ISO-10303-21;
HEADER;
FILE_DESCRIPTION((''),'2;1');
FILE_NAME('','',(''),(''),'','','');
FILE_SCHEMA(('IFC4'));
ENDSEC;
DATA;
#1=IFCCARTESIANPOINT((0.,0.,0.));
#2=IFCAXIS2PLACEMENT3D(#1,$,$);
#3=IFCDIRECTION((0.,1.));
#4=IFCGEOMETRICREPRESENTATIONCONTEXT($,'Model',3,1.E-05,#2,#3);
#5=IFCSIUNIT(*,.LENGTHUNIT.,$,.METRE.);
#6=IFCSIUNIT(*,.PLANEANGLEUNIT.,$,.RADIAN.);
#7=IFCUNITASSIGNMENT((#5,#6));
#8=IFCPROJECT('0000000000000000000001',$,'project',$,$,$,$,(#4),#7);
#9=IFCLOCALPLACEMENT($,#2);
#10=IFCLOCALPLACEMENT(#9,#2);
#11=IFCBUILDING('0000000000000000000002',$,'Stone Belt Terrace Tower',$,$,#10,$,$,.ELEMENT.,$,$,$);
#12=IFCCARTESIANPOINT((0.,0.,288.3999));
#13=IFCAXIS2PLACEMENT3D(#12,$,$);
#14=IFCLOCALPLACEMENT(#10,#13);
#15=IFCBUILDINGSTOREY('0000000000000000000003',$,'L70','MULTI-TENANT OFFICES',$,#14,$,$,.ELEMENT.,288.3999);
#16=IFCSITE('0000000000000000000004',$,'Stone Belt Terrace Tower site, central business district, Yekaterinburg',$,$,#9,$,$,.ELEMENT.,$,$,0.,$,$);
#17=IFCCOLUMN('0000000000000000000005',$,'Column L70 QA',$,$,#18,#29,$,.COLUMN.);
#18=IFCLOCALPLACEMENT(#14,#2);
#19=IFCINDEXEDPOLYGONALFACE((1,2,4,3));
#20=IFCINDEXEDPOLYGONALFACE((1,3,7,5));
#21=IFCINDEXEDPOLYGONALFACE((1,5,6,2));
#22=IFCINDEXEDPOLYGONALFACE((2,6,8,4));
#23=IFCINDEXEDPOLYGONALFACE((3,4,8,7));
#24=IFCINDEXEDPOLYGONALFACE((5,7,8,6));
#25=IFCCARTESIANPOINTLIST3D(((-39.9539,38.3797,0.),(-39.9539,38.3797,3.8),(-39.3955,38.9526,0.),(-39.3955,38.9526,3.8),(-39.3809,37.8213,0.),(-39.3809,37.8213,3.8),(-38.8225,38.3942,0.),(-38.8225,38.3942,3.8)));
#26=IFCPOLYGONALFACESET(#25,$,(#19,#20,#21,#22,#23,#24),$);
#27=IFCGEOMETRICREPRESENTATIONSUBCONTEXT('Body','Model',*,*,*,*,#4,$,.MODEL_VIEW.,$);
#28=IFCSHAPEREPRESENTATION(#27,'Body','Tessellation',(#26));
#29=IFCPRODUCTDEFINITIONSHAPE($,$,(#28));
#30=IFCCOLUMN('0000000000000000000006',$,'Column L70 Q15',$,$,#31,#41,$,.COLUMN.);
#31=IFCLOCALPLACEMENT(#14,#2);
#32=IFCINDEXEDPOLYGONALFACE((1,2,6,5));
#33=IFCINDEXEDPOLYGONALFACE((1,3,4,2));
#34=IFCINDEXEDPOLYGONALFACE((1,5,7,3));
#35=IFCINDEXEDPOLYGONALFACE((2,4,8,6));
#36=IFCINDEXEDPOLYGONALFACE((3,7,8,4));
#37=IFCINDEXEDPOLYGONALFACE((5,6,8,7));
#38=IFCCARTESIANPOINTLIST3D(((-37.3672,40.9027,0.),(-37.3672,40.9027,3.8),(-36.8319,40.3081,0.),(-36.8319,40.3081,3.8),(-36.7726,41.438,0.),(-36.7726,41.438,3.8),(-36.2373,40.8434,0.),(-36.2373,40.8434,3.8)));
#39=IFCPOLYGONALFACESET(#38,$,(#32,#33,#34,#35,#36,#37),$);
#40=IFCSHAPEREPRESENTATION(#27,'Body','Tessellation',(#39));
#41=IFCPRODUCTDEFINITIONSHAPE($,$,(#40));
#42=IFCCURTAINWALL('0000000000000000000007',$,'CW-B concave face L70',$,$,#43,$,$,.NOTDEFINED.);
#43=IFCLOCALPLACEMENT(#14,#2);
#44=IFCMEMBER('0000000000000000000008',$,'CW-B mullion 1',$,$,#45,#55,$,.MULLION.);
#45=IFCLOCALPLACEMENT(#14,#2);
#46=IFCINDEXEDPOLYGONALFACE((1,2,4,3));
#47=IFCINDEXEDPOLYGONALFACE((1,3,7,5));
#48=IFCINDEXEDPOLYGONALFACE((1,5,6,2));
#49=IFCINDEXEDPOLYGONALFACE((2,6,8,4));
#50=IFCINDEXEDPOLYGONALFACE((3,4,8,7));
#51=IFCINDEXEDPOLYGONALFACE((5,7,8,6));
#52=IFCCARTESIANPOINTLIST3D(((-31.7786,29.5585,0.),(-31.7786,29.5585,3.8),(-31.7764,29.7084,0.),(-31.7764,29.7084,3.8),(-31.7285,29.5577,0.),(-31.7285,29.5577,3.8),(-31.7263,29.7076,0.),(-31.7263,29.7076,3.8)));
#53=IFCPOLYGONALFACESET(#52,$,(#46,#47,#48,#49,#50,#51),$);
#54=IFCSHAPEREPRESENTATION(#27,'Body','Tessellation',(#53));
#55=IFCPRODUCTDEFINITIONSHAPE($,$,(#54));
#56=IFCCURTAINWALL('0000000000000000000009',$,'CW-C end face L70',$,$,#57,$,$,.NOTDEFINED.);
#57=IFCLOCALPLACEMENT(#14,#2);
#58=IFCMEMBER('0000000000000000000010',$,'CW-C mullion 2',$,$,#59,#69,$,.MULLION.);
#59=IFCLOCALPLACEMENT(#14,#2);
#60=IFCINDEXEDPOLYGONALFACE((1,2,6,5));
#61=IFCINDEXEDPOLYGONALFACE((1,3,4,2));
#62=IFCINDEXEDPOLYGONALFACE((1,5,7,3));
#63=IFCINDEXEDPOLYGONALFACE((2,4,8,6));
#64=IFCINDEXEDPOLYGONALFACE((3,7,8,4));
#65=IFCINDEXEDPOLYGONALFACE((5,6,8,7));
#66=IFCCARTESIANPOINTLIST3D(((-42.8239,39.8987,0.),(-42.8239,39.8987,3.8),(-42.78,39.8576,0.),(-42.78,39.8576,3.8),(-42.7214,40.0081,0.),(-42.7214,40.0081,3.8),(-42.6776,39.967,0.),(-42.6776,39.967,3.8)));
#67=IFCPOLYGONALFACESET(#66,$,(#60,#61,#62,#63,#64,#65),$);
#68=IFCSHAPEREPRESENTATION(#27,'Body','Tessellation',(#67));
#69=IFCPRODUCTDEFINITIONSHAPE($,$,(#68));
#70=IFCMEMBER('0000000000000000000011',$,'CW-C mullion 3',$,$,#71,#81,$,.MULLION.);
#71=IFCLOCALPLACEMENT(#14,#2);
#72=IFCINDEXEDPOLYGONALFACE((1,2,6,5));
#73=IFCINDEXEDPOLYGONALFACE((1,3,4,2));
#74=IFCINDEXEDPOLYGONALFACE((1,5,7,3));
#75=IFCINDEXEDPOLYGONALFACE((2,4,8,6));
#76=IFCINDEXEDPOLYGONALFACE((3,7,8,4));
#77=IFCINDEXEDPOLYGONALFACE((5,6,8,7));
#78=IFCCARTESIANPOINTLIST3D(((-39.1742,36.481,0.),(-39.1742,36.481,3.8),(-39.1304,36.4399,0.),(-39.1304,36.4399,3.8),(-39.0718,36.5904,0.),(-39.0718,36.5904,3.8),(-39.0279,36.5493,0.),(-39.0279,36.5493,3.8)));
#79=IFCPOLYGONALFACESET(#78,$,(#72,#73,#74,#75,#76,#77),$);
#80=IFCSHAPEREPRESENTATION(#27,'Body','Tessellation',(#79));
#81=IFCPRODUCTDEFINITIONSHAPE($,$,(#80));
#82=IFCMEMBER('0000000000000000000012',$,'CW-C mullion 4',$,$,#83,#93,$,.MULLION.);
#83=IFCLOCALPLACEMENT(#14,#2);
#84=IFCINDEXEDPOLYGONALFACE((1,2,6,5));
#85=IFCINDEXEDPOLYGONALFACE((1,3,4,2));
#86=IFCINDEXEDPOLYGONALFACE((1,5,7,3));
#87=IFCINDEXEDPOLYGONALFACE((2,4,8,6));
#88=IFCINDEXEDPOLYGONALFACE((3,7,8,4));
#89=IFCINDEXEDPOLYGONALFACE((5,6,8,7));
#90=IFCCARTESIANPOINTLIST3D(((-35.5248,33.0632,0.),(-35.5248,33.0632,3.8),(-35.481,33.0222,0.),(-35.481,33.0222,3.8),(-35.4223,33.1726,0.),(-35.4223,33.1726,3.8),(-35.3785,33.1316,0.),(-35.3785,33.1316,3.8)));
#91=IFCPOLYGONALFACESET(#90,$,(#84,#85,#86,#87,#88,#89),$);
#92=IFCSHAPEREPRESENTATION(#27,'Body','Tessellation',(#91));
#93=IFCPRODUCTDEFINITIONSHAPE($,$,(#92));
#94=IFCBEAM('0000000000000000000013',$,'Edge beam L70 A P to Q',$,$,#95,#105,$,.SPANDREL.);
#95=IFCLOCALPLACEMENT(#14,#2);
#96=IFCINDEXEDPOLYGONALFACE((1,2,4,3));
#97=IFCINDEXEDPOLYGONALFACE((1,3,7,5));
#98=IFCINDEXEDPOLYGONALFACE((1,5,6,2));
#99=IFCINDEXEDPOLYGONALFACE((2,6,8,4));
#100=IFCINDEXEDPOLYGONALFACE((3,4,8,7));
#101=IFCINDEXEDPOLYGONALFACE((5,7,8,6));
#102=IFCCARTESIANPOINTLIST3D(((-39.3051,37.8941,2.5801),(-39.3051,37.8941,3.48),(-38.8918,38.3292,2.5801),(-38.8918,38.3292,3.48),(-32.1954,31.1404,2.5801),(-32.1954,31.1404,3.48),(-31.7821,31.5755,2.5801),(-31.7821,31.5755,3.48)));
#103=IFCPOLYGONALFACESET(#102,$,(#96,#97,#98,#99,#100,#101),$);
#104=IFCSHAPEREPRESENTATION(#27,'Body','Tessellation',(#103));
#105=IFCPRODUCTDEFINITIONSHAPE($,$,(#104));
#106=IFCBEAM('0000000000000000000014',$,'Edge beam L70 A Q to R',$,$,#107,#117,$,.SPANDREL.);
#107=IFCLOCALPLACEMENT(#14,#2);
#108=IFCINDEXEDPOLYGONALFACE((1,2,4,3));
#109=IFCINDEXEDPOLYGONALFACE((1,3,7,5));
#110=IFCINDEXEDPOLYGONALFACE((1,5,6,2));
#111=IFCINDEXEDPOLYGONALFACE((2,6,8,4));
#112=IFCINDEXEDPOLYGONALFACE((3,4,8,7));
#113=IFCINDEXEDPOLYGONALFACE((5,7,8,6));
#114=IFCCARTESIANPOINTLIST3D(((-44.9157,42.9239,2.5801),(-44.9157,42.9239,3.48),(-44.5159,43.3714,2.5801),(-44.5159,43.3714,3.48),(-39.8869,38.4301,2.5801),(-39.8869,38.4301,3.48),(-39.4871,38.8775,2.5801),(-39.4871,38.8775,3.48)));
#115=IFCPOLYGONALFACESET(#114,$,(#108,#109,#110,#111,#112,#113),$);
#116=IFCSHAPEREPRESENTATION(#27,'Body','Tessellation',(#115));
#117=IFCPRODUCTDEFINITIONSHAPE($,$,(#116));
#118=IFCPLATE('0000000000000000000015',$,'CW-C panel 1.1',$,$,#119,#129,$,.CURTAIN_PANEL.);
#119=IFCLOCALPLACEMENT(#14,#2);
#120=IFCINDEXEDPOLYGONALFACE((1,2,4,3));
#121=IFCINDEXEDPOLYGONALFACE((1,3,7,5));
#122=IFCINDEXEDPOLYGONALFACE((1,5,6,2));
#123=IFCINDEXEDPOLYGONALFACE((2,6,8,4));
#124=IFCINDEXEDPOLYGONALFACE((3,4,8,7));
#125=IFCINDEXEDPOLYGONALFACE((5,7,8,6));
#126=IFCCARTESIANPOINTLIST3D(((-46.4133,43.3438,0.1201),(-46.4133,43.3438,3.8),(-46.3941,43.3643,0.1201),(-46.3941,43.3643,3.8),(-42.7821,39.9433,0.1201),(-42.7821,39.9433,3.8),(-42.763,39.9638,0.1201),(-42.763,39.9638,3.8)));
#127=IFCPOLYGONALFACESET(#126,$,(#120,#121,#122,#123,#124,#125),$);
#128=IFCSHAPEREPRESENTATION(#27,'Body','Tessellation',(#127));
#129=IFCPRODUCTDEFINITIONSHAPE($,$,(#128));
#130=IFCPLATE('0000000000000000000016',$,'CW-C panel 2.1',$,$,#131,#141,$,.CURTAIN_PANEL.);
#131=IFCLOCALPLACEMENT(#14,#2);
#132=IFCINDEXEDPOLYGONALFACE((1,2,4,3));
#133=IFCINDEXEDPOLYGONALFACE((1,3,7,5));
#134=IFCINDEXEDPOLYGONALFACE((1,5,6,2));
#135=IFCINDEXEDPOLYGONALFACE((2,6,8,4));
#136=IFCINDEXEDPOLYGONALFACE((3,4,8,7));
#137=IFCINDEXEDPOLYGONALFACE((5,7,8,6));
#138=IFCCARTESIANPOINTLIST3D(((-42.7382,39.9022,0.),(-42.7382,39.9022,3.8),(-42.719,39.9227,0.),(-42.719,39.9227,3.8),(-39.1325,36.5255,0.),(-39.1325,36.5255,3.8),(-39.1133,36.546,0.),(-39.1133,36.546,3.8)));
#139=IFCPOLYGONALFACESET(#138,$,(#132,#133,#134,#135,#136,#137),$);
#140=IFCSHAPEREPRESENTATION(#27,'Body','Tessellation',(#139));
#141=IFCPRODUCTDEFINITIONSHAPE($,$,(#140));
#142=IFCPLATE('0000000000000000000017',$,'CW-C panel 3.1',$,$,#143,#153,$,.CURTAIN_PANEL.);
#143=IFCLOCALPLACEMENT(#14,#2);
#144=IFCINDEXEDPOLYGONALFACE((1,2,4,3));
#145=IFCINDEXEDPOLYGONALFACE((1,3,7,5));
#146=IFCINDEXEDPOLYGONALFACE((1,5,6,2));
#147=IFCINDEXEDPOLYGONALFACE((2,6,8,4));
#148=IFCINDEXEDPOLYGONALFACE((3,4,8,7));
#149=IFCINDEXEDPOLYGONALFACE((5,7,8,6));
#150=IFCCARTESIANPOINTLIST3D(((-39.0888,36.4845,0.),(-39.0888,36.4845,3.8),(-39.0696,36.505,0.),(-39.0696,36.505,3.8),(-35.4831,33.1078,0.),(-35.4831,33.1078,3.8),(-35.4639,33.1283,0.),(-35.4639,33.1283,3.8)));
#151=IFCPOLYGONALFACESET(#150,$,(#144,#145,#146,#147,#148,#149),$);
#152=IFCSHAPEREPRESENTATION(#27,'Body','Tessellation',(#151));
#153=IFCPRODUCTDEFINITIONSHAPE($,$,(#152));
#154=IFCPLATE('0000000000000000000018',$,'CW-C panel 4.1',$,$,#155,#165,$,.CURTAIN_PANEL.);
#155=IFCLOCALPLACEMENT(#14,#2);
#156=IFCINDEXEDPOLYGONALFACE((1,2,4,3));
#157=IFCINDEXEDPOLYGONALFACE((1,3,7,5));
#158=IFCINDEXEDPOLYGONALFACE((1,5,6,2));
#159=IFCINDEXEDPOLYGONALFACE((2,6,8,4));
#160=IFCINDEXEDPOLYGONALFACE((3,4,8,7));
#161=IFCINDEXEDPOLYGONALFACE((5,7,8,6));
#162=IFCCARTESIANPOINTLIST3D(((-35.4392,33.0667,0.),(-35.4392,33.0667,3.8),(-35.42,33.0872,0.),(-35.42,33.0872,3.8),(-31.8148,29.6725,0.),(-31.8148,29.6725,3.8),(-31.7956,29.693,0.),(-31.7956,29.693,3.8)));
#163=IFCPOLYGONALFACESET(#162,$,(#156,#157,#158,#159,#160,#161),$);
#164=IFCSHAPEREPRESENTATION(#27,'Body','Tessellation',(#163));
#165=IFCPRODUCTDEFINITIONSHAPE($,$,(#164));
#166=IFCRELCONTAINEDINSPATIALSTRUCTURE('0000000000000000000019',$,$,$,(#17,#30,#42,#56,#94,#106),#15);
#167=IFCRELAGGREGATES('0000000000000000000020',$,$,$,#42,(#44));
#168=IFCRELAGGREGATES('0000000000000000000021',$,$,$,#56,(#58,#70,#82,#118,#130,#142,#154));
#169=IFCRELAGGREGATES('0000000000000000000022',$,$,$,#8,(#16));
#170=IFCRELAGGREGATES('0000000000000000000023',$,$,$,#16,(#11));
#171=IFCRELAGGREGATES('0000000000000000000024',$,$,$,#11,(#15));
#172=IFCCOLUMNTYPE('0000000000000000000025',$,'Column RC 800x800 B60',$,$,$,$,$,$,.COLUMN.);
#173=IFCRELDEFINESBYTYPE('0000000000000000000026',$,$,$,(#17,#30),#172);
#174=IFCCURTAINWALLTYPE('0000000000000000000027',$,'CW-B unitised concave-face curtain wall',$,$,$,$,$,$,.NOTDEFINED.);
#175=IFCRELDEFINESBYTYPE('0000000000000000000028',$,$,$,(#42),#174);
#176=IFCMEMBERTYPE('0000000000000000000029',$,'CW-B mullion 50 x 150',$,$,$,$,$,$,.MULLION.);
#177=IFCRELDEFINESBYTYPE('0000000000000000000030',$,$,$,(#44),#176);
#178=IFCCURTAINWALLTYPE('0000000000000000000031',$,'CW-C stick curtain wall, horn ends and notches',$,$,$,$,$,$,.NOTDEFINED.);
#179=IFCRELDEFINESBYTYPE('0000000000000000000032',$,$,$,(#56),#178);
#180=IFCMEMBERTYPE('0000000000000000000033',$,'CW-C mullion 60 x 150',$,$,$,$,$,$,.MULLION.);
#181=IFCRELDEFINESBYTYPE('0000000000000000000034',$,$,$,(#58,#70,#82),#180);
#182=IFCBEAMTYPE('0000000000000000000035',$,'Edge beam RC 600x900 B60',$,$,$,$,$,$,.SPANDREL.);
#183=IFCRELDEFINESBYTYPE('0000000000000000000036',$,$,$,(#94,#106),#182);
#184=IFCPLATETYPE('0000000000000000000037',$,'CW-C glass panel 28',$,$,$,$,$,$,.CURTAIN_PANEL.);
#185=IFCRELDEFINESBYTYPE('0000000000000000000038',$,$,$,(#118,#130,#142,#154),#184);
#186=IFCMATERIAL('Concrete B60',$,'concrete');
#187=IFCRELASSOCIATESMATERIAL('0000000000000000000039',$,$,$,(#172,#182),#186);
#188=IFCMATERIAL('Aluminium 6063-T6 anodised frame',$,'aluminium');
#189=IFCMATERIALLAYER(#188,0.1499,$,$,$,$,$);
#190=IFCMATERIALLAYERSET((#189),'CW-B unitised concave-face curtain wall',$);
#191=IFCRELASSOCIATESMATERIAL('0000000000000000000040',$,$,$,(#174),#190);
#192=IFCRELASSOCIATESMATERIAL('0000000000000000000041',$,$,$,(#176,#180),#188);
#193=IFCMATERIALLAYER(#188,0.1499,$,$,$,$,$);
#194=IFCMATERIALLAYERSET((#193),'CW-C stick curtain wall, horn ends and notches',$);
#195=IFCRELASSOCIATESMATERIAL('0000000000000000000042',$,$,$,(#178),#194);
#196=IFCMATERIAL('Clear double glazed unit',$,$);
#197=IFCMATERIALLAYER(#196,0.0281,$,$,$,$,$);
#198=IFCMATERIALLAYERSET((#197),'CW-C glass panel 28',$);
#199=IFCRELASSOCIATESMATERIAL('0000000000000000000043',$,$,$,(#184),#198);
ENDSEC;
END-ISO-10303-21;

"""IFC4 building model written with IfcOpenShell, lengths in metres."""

from ifc_helpers import new_model, si_unit, direction, frame, origin, origin_2d, place, context, subcontext, project, spatial, rectangle, extrude, material, layer, layer_set, material_profile, profile_set, type_object, element, aggregate, save


model = new_model("IFC4")

# Units and contexts
model_context = context("Model", 3, precision=1e-05, world=origin(), true_north=direction((0.0, 1.0)))
body_context = subcontext(model_context, "Body", "Model", "MODEL_VIEW")
ifc_project = project(units=[si_unit("LENGTHUNIT", "METRE"), si_unit("PLANEANGLEUNIT", "RADIAN")], contexts=[model_context])

# Site, building, storey
site_placement = place(None, origin())
site = spatial("IfcSite", under=ifc_project, at=site_placement, Name="Stone Belt Terrace Tower site, central business district, Yekaterinburg", CompositionType="ELEMENT", RefElevation=0.0)
building_placement = place(site_placement, origin())
building = spatial("IfcBuilding", under=site, at=building_placement, Name="Stone Belt Terrace Tower", CompositionType="ELEMENT")
storey_placement = place(building_placement, frame((0.0, 0.0, 288.3999)))
storey = spatial("IfcBuildingStorey", under=building, at=storey_placement, Name="L70", Description="MULTI-TENANT OFFICES", CompositionType="ELEMENT", Elevation=288.3999)

# Columns
ifc_material_1 = material(Name="Concrete B60", Category="concrete")
ifc_material_profile_1 = material_profile(ifc_material_1, rectangle(XDim=0.8, YDim=0.8, at=origin_2d()), Name="RC 800x800")
ifc_profile_set_1 = profile_set([ifc_material_profile_1], Name="Concrete B60")
column_type = type_object("IfcColumnType", Name="Column RC 800x800 B60", PredefinedType="COLUMN", material=ifc_profile_set_1)
for number, where, z_axis, x_axis, name in (
    (1, (-39.3882, 38.387, 0.0), (0.0, 0.0, 1.0), (0.697944, 0.716152, 0.0), "Column L70 QA"),
    (2, (-36.8022, 40.873, 0.0), (0.0, 0.0, 1.0), (0.743145, 0.669131, 0.0), "Column L70 Q15"),
):
    element("IfcColumn", number, at=place(storey_placement, frame(where, z_axis=z_axis, x_axis=x_axis)), inside=storey, type_object=column_type, Name=name, PredefinedType="COLUMN", context=body_context, shape_type="SweptSolid", body=[
        extrude(rectangle(XDim=0.8, YDim=0.8, at=origin_2d()), origin(), (0.0, 0.0, 1.0), 3.8),
    ])

# Curtain wall, member
ifc_material_2 = material(Name="Aluminium 6063-T6 anodised frame", Category="aluminium")
ifc_layer_1 = layer(ifc_material_2, 0.1499)
ifc_layer_set_1 = layer_set([ifc_layer_1], Name="CW-B unitised concave-face curtain wall")
curtain_wall_type_1 = type_object("IfcCurtainWallType", Name="CW-B unitised concave-face curtain wall", PredefinedType="NOTDEFINED", material=ifc_layer_set_1)
curtain_wall_1_placement = place(storey_placement, origin())
curtain_wall_1 = element("IfcCurtainWall", 3, at=curtain_wall_1_placement, inside=storey, type_object=curtain_wall_type_1, Name="CW-B concave face L70", PredefinedType="NOTDEFINED")
ifc_material_profile_2 = material_profile(ifc_material_2, rectangle(XDim=0.1499, YDim=0.05, at=origin_2d()), Name="Aluminium 6063-T6 50x150")
ifc_profile_set_2 = profile_set([ifc_material_profile_2], Name="Aluminium 6063-T6 anodised frame")
member_type_1 = type_object("IfcMemberType", Name="CW-B mullion 50 x 150", PredefinedType="MULLION", material=ifc_profile_set_2)
member_1_placement = place(storey_placement, frame((-31.7524, 29.6331, 0.0), z_axis=(0.0, 0.0, 1.0), x_axis=(0.014682, 0.999892, 0.0)))
member_1 = element("IfcMember", 4, at=member_1_placement, type_object=member_type_1, Name="CW-B mullion 1", PredefinedType="MULLION", context=body_context, shape_type="SweptSolid", body=[
    extrude(rectangle(XDim=0.1499, YDim=0.05, at=origin_2d()), origin(), (0.0, 0.0, 1.0), 3.8),
])
aggregate(curtain_wall_1, [member_1])

# Curtain wall, members
ifc_layer_2 = layer(ifc_material_2, 0.1499)
ifc_layer_set_2 = layer_set([ifc_layer_2], Name="CW-C stick curtain wall, horn ends and notches")
curtain_wall_type_2 = type_object("IfcCurtainWallType", Name="CW-C stick curtain wall, horn ends and notches", PredefinedType="NOTDEFINED", material=ifc_layer_set_2)
curtain_wall_2_placement = place(storey_placement, origin())
curtain_wall_2 = element("IfcCurtainWall", 5, at=curtain_wall_2_placement, inside=storey, type_object=curtain_wall_type_2, Name="CW-C end face L70", PredefinedType="NOTDEFINED")
ifc_material_profile_3 = material_profile(ifc_material_2, rectangle(XDim=0.1499, YDim=0.0601, at=origin_2d()), Name="Aluminium 6063-T6 60x150")
ifc_profile_set_3 = profile_set([ifc_material_profile_3], Name="Aluminium 6063-T6 anodised frame")
member_type_2 = type_object("IfcMemberType", Name="CW-C mullion 60 x 150", PredefinedType="MULLION", material=ifc_profile_set_3)
member_2_placement = place(storey_placement, frame((-42.7507, 39.9329, 0.0), z_axis=(0.0, 0.0, 1.0), x_axis=(0.683549, 0.729904, 0.0)))
member_2 = element("IfcMember", 6, at=member_2_placement, type_object=member_type_2, Name="CW-C mullion 2", PredefinedType="MULLION", context=body_context, shape_type="SweptSolid", body=[
    extrude(rectangle(XDim=0.1499, YDim=0.0601, at=origin_2d()), origin(), (0.0, 0.0, 1.0), 3.8),
])
member_3_placement = place(storey_placement, frame((-39.1011, 36.5151, 0.0), z_axis=(0.0, 0.0, 1.0), x_axis=(0.683549, 0.729904, 0.0)))
member_3 = element("IfcMember", 7, at=member_3_placement, type_object=member_type_2, Name="CW-C mullion 3", PredefinedType="MULLION", context=body_context, shape_type="SweptSolid", body=[
    extrude(rectangle(XDim=0.1499, YDim=0.0601, at=origin_2d()), origin(), (0.0, 0.0, 1.0), 3.8),
])
member_4_placement = place(storey_placement, frame((-35.4517, 33.0974, 0.0), z_axis=(0.0, 0.0, 1.0), x_axis=(0.683549, 0.729904, 0.0)))
member_4 = element("IfcMember", 8, at=member_4_placement, type_object=member_type_2, Name="CW-C mullion 4", PredefinedType="MULLION", context=body_context, shape_type="SweptSolid", body=[
    extrude(rectangle(XDim=0.1499, YDim=0.0601, at=origin_2d()), origin(), (0.0, 0.0, 1.0), 3.8),
])

# Beams
ifc_material_profile_4 = material_profile(ifc_material_1, rectangle(XDim=0.6001, YDim=0.8999, at=origin_2d()), Name="RC 600x900")
ifc_profile_set_4 = profile_set([ifc_material_profile_4], Name="Concrete B60")
beam_type = type_object("IfcBeamType", Name="Edge beam RC 600x900 B60", PredefinedType="SPANDREL", material=ifc_profile_set_4)
beam_1_placement = place(storey_placement, frame((-31.9888, 31.3579, 3.03), z_axis=(-0.725024, 0.688724, 0.0), x_axis=(-0.688724, -0.725024, 0.0)))
element("IfcBeam", 9, at=beam_1_placement, inside=storey, type_object=beam_type, Name="Edge beam L70 A P to Q", PredefinedType="SPANDREL", context=body_context, shape_type="SweptSolid", body=[
    extrude(rectangle(XDim=0.6001, YDim=0.8999, at=origin_2d()), origin(), (0.0, 0.0, 1.0), 9.8062),
])
beam_2_placement = place(storey_placement, frame((-39.687, 38.6538, 3.03), z_axis=(-0.745651, 0.666337, 0.0), x_axis=(-0.666337, -0.745651, 0.0)))
element("IfcBeam", 10, at=beam_2_placement, inside=storey, type_object=beam_type, Name="Edge beam L70 A Q to R", PredefinedType="SPANDREL", context=body_context, shape_type="SweptSolid", body=[
    extrude(rectangle(XDim=0.6001, YDim=0.8999, at=origin_2d()), origin(), (0.0, 0.0, 1.0), 6.7441),
])

# Plates
ifc_material_3 = material(Name="Clear double glazed unit")
ifc_layer_3 = layer(ifc_material_3, 0.0281)
ifc_layer_set_3 = layer_set([ifc_layer_3], Name="CW-C glass panel 28")
plate_type = type_object("IfcPlateType", Name="CW-C glass panel 28", PredefinedType="CURTAIN_PANEL", material=ifc_layer_set_3)
plate_1_placement = place(storey_placement, frame((-44.5881, 41.6538, 0.1201), z_axis=(0.0, 0.0, 1.0), x_axis=(0.729904, -0.683549, 0.0)))
plate_1 = element("IfcPlate", 11, at=plate_1_placement, type_object=plate_type, Name="CW-C panel 1.1", PredefinedType="CURTAIN_PANEL", context=body_context, shape_type="SweptSolid", body=[
    extrude(rectangle(XDim=4.9749, YDim=0.0281, at=origin_2d()), origin(), (0.0, 0.0, 1.0), 3.6799),
])
plate_2_placement = place(storey_placement, frame((-40.9258, 38.2241, 0.0), z_axis=(0.0, 0.0, 1.0), x_axis=(0.729904, -0.683549, 0.0)))
plate_2 = element("IfcPlate", 12, at=plate_2_placement, type_object=plate_type, Name="CW-C panel 2.1", PredefinedType="CURTAIN_PANEL", context=body_context, shape_type="SweptSolid", body=[
    extrude(rectangle(XDim=4.9399, YDim=0.0281, at=origin_2d()), origin(), (0.0, 0.0, 1.0), 3.8),
])
plate_3_placement = place(storey_placement, frame((-37.2764, 34.8064, 0.0), z_axis=(0.0, 0.0, 1.0), x_axis=(0.729904, -0.683549, 0.0)))
plate_3 = element("IfcPlate", 13, at=plate_3_placement, type_object=plate_type, Name="CW-C panel 3.1", PredefinedType="CURTAIN_PANEL", context=body_context, shape_type="SweptSolid", body=[
    extrude(rectangle(XDim=4.9399, YDim=0.0281, at=origin_2d()), origin(), (0.0, 0.0, 1.0), 3.8),
])
plate_4_placement = place(storey_placement, frame((-33.6174, 31.3799, 0.0), z_axis=(0.0, 0.0, 1.0), x_axis=(0.729904, -0.683549, 0.0)))
plate_4 = element("IfcPlate", 14, at=plate_4_placement, type_object=plate_type, Name="CW-C panel 4.1", PredefinedType="CURTAIN_PANEL", context=body_context, shape_type="SweptSolid", body=[
    extrude(rectangle(XDim=4.9656, YDim=0.0281, at=origin_2d()), origin(), (0.0, 0.0, 1.0), 3.8),
])
aggregate(curtain_wall_2, [member_2, member_3, member_4, plate_1, plate_2, plate_3, plate_4])

save(model, "model.ifc")
